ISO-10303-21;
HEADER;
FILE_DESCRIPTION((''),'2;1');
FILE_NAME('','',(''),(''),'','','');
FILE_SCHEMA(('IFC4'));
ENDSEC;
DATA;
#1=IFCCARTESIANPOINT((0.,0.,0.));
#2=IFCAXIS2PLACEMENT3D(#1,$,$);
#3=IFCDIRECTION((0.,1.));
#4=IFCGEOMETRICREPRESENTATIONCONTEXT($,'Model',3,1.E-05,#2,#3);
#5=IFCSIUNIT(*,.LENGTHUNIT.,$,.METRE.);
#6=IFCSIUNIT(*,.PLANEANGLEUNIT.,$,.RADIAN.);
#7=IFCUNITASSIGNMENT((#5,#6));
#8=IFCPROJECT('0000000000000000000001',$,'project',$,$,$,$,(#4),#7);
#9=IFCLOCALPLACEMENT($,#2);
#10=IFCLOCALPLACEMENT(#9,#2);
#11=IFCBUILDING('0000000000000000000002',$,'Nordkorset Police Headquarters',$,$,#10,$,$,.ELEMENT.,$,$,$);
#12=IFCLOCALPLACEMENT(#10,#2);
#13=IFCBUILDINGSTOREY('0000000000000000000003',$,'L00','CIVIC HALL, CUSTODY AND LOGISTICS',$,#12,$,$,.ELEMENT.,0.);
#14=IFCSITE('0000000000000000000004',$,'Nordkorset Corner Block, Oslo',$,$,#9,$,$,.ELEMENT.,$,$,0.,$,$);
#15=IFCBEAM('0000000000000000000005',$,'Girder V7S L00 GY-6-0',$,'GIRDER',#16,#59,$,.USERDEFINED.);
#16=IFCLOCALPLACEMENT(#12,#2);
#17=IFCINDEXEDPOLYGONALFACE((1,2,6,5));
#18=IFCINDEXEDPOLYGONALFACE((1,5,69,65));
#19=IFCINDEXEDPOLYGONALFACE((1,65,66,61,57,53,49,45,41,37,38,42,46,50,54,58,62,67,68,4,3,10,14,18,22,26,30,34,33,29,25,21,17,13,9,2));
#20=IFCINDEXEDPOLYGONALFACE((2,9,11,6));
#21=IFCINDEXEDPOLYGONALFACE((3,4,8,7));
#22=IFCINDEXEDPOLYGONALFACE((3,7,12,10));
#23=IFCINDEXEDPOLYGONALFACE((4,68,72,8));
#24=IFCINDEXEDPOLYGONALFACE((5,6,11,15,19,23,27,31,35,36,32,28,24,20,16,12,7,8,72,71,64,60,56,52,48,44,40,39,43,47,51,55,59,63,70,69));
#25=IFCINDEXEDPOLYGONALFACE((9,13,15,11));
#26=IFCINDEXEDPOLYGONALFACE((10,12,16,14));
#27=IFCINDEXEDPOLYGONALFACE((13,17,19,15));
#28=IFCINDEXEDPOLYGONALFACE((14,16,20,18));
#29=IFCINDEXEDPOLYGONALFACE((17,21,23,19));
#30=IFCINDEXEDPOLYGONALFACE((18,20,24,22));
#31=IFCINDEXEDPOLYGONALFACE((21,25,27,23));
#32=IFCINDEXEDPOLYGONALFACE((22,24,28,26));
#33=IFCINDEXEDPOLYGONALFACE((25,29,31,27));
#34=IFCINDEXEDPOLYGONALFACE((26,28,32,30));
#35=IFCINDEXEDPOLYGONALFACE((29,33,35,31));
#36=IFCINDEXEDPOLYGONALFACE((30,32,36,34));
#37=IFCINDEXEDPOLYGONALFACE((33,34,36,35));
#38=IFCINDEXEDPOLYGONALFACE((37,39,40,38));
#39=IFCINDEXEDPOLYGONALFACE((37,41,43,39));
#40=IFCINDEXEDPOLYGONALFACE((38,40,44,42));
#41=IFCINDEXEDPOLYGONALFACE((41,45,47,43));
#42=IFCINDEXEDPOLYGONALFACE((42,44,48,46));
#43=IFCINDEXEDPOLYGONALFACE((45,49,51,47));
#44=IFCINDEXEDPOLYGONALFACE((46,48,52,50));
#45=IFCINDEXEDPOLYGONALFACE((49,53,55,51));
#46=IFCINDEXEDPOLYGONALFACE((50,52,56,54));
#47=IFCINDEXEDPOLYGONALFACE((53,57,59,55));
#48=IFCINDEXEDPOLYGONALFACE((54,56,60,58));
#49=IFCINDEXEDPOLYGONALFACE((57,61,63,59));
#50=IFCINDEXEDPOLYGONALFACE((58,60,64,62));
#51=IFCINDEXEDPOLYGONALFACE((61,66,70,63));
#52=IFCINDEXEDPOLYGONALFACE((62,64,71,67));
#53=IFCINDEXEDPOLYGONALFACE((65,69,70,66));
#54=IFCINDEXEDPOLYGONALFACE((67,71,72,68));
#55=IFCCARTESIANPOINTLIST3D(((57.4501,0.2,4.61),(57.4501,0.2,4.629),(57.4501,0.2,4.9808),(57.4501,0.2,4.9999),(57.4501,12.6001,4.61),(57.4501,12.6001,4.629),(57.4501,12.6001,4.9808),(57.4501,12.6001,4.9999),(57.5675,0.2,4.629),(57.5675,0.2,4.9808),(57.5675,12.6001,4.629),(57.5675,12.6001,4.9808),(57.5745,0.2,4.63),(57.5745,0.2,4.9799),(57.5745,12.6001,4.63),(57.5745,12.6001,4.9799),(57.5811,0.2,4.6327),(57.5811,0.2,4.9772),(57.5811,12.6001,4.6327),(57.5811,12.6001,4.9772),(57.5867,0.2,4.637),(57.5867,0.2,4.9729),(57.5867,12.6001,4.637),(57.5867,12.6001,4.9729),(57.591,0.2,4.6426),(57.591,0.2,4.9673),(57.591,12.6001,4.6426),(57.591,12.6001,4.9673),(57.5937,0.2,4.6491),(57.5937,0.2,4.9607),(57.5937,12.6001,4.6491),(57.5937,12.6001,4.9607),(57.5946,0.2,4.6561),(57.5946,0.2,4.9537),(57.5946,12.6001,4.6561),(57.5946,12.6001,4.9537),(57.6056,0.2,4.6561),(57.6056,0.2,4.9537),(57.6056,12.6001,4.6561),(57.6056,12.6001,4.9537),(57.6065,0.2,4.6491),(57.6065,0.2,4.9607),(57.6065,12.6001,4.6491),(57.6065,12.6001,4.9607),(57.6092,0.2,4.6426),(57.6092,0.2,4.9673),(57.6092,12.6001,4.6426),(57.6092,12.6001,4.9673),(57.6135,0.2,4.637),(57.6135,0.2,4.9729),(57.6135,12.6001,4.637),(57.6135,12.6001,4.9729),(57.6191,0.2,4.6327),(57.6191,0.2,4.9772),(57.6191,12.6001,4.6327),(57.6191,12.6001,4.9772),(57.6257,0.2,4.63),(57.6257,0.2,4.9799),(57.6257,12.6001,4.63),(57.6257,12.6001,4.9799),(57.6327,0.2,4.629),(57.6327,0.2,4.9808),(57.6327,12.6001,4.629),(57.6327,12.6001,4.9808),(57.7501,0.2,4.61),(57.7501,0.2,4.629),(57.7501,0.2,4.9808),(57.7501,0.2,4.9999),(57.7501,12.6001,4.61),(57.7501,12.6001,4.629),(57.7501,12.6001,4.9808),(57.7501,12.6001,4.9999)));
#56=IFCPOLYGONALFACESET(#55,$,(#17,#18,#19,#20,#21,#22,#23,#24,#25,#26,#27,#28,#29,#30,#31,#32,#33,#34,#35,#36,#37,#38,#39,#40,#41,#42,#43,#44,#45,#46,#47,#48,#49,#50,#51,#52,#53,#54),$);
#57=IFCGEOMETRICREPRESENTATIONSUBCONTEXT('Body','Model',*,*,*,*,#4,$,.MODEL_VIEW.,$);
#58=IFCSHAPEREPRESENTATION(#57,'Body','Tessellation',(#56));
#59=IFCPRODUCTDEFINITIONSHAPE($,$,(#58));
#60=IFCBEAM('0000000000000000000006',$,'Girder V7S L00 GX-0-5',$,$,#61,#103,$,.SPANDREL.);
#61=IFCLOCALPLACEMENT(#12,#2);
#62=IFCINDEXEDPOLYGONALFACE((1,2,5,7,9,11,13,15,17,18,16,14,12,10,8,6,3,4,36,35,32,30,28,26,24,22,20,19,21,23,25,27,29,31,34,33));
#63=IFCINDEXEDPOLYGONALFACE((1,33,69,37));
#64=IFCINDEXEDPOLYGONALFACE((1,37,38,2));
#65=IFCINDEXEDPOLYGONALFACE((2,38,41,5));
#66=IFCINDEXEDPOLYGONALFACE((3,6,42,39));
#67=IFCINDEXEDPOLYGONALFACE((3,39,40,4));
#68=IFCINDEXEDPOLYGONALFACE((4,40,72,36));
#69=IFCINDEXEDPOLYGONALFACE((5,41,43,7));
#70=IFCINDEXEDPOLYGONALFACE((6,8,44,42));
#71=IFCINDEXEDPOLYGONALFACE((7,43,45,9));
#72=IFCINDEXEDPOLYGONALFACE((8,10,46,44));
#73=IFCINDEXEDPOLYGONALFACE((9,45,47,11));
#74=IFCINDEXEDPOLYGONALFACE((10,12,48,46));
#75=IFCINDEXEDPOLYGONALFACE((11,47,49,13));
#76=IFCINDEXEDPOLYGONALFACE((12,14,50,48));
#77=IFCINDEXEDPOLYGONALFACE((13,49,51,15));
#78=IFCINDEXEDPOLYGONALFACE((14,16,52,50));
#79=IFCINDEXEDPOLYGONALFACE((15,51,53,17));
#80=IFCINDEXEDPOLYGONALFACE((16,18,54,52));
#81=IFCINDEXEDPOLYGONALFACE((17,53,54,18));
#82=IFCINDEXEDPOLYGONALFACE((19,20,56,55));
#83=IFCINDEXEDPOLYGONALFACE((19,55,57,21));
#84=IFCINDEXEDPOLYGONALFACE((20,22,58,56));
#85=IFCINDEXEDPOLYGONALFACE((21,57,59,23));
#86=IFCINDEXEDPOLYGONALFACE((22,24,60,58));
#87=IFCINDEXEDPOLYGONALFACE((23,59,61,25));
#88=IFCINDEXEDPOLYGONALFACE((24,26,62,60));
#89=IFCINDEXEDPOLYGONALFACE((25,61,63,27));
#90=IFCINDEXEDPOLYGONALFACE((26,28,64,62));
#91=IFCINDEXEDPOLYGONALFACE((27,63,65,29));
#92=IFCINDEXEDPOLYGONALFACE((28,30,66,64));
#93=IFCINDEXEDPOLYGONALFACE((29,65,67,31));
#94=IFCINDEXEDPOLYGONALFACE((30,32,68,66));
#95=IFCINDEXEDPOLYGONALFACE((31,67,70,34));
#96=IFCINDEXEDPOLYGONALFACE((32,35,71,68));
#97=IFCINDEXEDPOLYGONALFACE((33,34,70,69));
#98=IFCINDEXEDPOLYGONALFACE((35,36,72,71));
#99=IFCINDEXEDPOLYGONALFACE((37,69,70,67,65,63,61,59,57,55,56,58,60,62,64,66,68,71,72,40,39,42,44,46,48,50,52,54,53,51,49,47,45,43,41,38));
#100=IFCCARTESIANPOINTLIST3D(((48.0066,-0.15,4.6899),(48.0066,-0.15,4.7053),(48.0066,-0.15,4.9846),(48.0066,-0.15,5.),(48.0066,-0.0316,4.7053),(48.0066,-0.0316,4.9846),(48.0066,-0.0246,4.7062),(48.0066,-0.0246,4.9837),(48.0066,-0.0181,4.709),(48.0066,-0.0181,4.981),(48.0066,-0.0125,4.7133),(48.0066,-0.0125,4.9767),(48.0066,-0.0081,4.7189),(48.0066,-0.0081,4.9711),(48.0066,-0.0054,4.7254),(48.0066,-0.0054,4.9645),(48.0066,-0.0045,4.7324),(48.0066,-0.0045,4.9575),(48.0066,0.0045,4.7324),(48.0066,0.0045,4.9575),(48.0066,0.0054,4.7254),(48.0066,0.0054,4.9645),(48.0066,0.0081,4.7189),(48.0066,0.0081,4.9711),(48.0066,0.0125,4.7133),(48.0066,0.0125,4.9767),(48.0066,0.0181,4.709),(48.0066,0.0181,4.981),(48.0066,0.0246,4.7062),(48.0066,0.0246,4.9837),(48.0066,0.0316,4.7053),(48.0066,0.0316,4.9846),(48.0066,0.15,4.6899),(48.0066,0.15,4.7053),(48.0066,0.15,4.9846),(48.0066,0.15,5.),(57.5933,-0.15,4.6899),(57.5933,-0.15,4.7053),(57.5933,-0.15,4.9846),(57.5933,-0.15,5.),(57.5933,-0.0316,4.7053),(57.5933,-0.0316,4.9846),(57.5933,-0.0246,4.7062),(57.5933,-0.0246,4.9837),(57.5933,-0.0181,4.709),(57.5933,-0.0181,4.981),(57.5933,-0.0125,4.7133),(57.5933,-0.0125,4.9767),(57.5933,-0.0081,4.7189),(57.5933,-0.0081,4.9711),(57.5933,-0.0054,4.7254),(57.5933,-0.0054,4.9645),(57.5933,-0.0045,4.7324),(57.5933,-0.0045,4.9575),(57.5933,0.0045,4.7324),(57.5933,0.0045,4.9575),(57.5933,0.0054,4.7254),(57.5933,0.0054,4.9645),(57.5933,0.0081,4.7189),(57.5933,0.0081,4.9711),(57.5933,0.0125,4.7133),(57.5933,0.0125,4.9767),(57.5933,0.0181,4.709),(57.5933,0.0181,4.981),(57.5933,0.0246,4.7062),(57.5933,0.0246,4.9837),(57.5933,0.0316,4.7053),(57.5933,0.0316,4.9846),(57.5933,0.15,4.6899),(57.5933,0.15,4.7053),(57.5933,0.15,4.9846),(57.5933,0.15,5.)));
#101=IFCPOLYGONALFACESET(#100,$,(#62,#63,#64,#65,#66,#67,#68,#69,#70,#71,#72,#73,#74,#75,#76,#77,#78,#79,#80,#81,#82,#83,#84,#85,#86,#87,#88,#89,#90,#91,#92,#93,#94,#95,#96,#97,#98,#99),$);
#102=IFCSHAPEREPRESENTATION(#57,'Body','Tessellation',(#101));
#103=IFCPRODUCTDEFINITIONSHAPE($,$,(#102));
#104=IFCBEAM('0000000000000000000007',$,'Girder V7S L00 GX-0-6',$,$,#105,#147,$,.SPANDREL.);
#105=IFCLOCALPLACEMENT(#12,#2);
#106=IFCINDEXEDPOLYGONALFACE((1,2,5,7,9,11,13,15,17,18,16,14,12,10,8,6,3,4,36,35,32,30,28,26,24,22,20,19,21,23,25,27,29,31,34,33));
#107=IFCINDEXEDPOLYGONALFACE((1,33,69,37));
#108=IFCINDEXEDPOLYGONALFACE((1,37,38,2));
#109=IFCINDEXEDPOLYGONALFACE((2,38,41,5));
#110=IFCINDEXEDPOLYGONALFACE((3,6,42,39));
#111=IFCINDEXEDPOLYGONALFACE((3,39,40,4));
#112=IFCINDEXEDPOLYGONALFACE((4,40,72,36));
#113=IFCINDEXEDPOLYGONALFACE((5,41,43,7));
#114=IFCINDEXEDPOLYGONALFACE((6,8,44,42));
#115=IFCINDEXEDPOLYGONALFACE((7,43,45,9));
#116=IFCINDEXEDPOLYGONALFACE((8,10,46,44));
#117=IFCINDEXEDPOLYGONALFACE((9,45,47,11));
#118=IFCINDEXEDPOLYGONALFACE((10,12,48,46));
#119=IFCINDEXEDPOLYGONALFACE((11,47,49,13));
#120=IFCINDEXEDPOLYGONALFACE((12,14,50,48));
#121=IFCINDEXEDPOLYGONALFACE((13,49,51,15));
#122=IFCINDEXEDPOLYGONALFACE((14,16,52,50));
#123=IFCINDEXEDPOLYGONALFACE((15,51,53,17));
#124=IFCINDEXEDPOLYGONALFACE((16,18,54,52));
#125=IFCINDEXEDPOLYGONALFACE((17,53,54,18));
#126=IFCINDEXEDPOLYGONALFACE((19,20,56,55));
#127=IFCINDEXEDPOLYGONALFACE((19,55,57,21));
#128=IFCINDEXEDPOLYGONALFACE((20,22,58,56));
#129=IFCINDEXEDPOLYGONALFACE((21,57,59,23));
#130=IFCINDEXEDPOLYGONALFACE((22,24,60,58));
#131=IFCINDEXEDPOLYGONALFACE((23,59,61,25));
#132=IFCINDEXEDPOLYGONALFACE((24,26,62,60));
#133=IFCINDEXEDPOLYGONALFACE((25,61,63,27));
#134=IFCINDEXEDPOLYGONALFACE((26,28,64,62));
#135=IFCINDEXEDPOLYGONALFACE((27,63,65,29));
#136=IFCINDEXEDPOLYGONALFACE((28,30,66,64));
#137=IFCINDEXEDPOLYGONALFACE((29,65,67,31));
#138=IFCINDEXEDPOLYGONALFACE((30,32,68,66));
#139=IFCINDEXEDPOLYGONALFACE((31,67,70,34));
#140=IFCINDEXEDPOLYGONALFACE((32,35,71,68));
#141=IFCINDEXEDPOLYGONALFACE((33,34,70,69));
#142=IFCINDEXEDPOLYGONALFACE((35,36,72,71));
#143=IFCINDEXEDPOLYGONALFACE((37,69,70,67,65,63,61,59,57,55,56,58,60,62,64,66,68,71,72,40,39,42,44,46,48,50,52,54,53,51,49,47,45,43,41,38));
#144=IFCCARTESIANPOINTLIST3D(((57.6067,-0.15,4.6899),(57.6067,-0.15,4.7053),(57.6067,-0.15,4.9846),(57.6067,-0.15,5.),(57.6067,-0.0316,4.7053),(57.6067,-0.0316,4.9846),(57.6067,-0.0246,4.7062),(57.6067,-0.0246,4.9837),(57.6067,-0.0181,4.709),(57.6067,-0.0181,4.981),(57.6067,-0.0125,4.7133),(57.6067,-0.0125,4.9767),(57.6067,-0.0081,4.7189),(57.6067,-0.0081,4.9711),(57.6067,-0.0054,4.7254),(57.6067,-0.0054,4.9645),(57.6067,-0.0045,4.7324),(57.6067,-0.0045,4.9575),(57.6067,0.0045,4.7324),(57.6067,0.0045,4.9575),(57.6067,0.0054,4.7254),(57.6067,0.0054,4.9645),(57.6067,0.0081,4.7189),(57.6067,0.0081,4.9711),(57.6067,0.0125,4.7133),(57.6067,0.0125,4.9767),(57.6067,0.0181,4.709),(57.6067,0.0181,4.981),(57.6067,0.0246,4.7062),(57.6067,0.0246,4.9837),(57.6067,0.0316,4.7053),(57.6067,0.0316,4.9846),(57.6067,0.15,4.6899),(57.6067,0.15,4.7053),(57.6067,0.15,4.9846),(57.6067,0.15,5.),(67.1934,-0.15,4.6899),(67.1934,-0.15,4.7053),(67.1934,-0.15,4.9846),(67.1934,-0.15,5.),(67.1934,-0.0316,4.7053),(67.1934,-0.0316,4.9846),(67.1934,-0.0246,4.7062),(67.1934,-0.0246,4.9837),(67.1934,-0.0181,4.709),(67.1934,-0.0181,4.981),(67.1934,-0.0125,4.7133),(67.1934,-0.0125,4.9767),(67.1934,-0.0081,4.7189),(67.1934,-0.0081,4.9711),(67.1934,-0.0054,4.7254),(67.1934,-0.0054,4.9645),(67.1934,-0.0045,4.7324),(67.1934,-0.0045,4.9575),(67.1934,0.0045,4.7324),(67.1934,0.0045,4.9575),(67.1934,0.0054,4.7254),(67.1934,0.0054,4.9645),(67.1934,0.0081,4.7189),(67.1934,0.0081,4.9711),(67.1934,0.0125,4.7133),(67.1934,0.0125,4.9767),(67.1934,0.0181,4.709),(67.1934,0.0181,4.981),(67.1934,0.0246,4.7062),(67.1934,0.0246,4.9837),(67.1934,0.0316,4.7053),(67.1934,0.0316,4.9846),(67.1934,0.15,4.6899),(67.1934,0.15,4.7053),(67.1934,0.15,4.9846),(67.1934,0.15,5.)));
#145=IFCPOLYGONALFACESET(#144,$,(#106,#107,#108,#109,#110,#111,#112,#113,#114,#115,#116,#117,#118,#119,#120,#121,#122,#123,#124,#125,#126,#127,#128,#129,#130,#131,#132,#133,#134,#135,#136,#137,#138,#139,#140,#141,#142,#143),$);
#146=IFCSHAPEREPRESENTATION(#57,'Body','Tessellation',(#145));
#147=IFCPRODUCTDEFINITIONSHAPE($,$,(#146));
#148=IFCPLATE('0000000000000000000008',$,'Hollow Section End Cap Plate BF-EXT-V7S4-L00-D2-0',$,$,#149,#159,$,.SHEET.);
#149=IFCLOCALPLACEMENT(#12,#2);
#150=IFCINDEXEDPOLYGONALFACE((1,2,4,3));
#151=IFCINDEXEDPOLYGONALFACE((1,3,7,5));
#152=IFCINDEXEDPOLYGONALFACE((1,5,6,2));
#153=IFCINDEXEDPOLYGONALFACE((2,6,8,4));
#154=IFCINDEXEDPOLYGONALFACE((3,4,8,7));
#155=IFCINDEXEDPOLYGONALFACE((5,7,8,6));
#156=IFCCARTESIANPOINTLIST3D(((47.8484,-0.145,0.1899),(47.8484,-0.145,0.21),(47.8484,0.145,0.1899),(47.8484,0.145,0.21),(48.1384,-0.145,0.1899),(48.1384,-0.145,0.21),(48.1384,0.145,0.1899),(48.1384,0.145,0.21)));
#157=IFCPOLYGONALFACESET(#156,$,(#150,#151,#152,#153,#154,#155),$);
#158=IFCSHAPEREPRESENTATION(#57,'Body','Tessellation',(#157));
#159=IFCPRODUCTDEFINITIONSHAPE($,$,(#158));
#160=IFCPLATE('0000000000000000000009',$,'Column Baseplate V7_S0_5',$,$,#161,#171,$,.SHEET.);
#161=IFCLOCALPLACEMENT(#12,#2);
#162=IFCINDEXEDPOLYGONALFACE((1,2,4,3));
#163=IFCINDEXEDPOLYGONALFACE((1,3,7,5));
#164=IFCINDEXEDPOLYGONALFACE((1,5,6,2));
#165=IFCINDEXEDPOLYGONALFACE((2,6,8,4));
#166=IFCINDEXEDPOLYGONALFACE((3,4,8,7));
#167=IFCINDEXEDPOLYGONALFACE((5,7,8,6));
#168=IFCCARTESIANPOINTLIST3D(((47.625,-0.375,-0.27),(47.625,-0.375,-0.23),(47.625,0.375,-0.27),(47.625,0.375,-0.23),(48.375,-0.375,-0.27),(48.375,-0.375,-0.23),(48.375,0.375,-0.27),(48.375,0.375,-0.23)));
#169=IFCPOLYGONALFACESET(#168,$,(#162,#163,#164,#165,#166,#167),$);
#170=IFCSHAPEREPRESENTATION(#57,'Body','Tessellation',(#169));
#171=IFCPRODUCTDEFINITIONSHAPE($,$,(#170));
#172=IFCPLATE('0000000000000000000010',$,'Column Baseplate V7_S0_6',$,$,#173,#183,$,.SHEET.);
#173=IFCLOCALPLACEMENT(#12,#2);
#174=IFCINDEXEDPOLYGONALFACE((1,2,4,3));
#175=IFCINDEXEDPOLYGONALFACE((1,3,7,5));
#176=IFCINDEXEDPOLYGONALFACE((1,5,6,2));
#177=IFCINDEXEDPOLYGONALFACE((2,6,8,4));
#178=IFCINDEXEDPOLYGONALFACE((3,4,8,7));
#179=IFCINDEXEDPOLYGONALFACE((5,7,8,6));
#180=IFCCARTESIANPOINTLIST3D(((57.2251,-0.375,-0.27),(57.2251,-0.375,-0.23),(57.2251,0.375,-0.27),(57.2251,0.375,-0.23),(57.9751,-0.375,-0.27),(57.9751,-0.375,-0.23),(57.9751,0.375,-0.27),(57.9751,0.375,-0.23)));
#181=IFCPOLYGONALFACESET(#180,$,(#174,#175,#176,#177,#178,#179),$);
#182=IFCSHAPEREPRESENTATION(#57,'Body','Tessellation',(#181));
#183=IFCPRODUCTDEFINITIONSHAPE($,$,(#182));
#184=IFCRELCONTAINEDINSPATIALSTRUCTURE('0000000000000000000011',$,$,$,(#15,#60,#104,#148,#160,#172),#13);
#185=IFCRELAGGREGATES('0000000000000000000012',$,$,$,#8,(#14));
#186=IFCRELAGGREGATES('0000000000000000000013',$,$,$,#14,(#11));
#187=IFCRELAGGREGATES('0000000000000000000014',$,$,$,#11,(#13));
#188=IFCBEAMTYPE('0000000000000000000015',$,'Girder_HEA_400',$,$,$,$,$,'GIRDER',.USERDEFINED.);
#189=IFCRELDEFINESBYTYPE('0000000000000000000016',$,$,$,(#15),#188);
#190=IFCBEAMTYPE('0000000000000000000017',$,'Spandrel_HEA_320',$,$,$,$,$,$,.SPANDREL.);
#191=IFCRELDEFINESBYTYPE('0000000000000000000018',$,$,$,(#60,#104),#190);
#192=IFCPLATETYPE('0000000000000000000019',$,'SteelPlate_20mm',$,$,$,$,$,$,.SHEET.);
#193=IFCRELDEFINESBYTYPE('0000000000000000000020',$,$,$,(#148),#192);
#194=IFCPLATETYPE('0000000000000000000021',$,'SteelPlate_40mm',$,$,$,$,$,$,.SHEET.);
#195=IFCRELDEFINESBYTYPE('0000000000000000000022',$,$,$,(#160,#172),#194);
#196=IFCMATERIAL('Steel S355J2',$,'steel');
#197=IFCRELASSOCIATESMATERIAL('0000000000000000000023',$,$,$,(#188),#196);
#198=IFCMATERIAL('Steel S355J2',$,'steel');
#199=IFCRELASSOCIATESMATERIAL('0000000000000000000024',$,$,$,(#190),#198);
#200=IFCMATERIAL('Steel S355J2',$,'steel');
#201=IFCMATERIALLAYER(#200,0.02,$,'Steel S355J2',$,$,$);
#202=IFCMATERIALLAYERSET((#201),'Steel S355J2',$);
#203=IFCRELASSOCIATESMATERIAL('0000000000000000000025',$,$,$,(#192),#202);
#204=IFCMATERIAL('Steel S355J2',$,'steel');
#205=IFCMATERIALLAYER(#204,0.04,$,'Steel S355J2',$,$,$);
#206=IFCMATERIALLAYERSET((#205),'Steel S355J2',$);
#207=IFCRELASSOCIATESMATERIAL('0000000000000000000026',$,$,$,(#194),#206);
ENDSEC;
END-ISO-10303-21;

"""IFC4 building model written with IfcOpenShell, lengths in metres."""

from ifc_helpers import new_model, si_unit, direction, frame, origin, origin_2d, place, context, subcontext, project, spatial, rectangle, i_section, extrude, material, layer, layer_set, material_profile, profile_set, type_object, element, save


model = new_model("IFC4")

# Units and contexts
model_context = context("Model", 3, precision=1e-05, world=origin(), true_north=direction((0.0, 1.0)))
body_context = subcontext(model_context, "Body", "Model", "MODEL_VIEW")
ifc_project = project(units=[si_unit("LENGTHUNIT", "METRE"), si_unit("PLANEANGLEUNIT", "RADIAN")], contexts=[model_context])

# Site, building, storey
site_placement = place(None, origin())
site = spatial("IfcSite", under=ifc_project, at=site_placement, Name="Nordkorset Corner Block, Oslo", CompositionType="ELEMENT", RefElevation=0.0)
building_placement = place(site_placement, origin())
building = spatial("IfcBuilding", under=site, at=building_placement, Name="Nordkorset Police Headquarters", CompositionType="ELEMENT")
storey_placement = place(building_placement, origin())
storey = spatial("IfcBuildingStorey", under=building, at=storey_placement, Name="L00", Description="CIVIC HALL, CUSTODY AND LOGISTICS", CompositionType="ELEMENT", Elevation=0.0)

# Beams
ifc_material_1 = material(Name="Steel S355J2", Category="steel")
ifc_material_profile_1 = material_profile(ifc_material_1, i_section(OverallWidth=0.3, OverallDepth=0.3899, WebThickness=0.011, FlangeThickness=0.019, FilletRadius=0.0271, at=origin_2d()), Name="HEA 400")
ifc_profile_set_1 = profile_set([ifc_material_profile_1], Name="Steel S355J2")
beam_type_1 = type_object("IfcBeamType", Name="Girder_HEA_400", ElementType="GIRDER", PredefinedType="USERDEFINED", material=ifc_profile_set_1)
for number, where, z_axis, x_axis, name in (
    (1, (57.6001, 0.2, 4.8049), (0.0, 1.0, 0.0), (-1.0, 0.0, 0.0), "Girder V7S L00 GY-6-0"),
):
    element("IfcBeam", number, at=place(storey_placement, frame(where, z_axis=z_axis, x_axis=x_axis)), inside=storey, type_object=beam_type_1, Name=name, ObjectType="GIRDER", PredefinedType="USERDEFINED", context=body_context, shape_type="SweptSolid", body=[
        extrude(i_section(OverallWidth=0.3, OverallDepth=0.3899, WebThickness=0.011, FlangeThickness=0.019, FilletRadius=0.0271, at=origin_2d()), origin(), (0.0, 0.0, 1.0), 12.4001),
    ])
ifc_material_2 = material(Name="Steel S355J2", Category="steel")
ifc_material_profile_2 = material_profile(ifc_material_2, i_section(OverallWidth=0.3, OverallDepth=0.3101, WebThickness=0.009, FlangeThickness=0.0154, FilletRadius=0.0271, at=origin_2d()), Name="HEA 320")
ifc_profile_set_2 = profile_set([ifc_material_profile_2], Name="Steel S355J2")
beam_type_2 = type_object("IfcBeamType", Name="Spandrel_HEA_320", PredefinedType="SPANDREL", material=ifc_profile_set_2)
for number, where, z_axis, x_axis, name in (
    (2, (48.0066, 0.0, 4.845), (1.0, 0.0, 0.0), (0.0, 1.0, 0.0), "Girder V7S L00 GX-0-5"),
    (3, (57.6067, 0.0, 4.845), (1.0, 0.0, 0.0), (0.0, 1.0, 0.0), "Girder V7S L00 GX-0-6"),
):
    element("IfcBeam", number, at=place(storey_placement, frame(where, z_axis=z_axis, x_axis=x_axis)), inside=storey, type_object=beam_type_2, Name=name, PredefinedType="SPANDREL", context=body_context, shape_type="SweptSolid", body=[
        extrude(i_section(OverallWidth=0.3, OverallDepth=0.3101, WebThickness=0.009, FlangeThickness=0.0154, FilletRadius=0.0271, at=origin_2d()), origin(), (0.0, 0.0, 1.0), 9.5867),
    ])

# Plates
ifc_material_3 = material(Name="Steel S355J2", Category="steel")
ifc_layer_1 = layer(ifc_material_3, 0.02, Name="Steel S355J2")
ifc_layer_set_1 = layer_set([ifc_layer_1], Name="Steel S355J2")
plate_type_1 = type_object("IfcPlateType", Name="SteelPlate_20mm", PredefinedType="SHEET", material=ifc_layer_set_1)
plate_placement = place(storey_placement, frame((47.9934, 0.0, 0.1899), z_axis=(0.0, 0.0, 1.0), x_axis=(1.0, 0.0, 0.0)))
element("IfcPlate", 4, at=plate_placement, inside=storey, type_object=plate_type_1, Name="Hollow Section End Cap Plate BF-EXT-V7S4-L00-D2-0", PredefinedType="SHEET", context=body_context, shape_type="SweptSolid", body=[
    extrude(rectangle(XDim=0.29, YDim=0.29, at=origin_2d()), origin(), (0.0, 0.0, 1.0), 0.02),
])
ifc_material_4 = material(Name="Steel S355J2", Category="steel")
ifc_layer_2 = layer(ifc_material_4, 0.04, Name="Steel S355J2")
ifc_layer_set_2 = layer_set([ifc_layer_2], Name="Steel S355J2")
plate_type_2 = type_object("IfcPlateType", Name="SteelPlate_40mm", PredefinedType="SHEET", material=ifc_layer_set_2)
for number, where, z_axis, x_axis, name in (
    (5, (48.0, 0.0, -0.27), (0.0, 0.0, 1.0), (1.0, 0.0, 0.0), "Column Baseplate V7_S0_5"),
    (6, (57.6001, 0.0, -0.27), (0.0, 0.0, 1.0), (1.0, 0.0, 0.0), "Column Baseplate V7_S0_6"),
):
    element("IfcPlate", number, at=place(storey_placement, frame(where, z_axis=z_axis, x_axis=x_axis)), inside=storey, type_object=plate_type_2, Name=name, PredefinedType="SHEET", context=body_context, shape_type="SweptSolid", body=[
        extrude(rectangle(XDim=0.75, YDim=0.75, at=origin_2d()), origin(), (0.0, 0.0, 1.0), 0.04),
    ])

save(model, "model.ifc")
